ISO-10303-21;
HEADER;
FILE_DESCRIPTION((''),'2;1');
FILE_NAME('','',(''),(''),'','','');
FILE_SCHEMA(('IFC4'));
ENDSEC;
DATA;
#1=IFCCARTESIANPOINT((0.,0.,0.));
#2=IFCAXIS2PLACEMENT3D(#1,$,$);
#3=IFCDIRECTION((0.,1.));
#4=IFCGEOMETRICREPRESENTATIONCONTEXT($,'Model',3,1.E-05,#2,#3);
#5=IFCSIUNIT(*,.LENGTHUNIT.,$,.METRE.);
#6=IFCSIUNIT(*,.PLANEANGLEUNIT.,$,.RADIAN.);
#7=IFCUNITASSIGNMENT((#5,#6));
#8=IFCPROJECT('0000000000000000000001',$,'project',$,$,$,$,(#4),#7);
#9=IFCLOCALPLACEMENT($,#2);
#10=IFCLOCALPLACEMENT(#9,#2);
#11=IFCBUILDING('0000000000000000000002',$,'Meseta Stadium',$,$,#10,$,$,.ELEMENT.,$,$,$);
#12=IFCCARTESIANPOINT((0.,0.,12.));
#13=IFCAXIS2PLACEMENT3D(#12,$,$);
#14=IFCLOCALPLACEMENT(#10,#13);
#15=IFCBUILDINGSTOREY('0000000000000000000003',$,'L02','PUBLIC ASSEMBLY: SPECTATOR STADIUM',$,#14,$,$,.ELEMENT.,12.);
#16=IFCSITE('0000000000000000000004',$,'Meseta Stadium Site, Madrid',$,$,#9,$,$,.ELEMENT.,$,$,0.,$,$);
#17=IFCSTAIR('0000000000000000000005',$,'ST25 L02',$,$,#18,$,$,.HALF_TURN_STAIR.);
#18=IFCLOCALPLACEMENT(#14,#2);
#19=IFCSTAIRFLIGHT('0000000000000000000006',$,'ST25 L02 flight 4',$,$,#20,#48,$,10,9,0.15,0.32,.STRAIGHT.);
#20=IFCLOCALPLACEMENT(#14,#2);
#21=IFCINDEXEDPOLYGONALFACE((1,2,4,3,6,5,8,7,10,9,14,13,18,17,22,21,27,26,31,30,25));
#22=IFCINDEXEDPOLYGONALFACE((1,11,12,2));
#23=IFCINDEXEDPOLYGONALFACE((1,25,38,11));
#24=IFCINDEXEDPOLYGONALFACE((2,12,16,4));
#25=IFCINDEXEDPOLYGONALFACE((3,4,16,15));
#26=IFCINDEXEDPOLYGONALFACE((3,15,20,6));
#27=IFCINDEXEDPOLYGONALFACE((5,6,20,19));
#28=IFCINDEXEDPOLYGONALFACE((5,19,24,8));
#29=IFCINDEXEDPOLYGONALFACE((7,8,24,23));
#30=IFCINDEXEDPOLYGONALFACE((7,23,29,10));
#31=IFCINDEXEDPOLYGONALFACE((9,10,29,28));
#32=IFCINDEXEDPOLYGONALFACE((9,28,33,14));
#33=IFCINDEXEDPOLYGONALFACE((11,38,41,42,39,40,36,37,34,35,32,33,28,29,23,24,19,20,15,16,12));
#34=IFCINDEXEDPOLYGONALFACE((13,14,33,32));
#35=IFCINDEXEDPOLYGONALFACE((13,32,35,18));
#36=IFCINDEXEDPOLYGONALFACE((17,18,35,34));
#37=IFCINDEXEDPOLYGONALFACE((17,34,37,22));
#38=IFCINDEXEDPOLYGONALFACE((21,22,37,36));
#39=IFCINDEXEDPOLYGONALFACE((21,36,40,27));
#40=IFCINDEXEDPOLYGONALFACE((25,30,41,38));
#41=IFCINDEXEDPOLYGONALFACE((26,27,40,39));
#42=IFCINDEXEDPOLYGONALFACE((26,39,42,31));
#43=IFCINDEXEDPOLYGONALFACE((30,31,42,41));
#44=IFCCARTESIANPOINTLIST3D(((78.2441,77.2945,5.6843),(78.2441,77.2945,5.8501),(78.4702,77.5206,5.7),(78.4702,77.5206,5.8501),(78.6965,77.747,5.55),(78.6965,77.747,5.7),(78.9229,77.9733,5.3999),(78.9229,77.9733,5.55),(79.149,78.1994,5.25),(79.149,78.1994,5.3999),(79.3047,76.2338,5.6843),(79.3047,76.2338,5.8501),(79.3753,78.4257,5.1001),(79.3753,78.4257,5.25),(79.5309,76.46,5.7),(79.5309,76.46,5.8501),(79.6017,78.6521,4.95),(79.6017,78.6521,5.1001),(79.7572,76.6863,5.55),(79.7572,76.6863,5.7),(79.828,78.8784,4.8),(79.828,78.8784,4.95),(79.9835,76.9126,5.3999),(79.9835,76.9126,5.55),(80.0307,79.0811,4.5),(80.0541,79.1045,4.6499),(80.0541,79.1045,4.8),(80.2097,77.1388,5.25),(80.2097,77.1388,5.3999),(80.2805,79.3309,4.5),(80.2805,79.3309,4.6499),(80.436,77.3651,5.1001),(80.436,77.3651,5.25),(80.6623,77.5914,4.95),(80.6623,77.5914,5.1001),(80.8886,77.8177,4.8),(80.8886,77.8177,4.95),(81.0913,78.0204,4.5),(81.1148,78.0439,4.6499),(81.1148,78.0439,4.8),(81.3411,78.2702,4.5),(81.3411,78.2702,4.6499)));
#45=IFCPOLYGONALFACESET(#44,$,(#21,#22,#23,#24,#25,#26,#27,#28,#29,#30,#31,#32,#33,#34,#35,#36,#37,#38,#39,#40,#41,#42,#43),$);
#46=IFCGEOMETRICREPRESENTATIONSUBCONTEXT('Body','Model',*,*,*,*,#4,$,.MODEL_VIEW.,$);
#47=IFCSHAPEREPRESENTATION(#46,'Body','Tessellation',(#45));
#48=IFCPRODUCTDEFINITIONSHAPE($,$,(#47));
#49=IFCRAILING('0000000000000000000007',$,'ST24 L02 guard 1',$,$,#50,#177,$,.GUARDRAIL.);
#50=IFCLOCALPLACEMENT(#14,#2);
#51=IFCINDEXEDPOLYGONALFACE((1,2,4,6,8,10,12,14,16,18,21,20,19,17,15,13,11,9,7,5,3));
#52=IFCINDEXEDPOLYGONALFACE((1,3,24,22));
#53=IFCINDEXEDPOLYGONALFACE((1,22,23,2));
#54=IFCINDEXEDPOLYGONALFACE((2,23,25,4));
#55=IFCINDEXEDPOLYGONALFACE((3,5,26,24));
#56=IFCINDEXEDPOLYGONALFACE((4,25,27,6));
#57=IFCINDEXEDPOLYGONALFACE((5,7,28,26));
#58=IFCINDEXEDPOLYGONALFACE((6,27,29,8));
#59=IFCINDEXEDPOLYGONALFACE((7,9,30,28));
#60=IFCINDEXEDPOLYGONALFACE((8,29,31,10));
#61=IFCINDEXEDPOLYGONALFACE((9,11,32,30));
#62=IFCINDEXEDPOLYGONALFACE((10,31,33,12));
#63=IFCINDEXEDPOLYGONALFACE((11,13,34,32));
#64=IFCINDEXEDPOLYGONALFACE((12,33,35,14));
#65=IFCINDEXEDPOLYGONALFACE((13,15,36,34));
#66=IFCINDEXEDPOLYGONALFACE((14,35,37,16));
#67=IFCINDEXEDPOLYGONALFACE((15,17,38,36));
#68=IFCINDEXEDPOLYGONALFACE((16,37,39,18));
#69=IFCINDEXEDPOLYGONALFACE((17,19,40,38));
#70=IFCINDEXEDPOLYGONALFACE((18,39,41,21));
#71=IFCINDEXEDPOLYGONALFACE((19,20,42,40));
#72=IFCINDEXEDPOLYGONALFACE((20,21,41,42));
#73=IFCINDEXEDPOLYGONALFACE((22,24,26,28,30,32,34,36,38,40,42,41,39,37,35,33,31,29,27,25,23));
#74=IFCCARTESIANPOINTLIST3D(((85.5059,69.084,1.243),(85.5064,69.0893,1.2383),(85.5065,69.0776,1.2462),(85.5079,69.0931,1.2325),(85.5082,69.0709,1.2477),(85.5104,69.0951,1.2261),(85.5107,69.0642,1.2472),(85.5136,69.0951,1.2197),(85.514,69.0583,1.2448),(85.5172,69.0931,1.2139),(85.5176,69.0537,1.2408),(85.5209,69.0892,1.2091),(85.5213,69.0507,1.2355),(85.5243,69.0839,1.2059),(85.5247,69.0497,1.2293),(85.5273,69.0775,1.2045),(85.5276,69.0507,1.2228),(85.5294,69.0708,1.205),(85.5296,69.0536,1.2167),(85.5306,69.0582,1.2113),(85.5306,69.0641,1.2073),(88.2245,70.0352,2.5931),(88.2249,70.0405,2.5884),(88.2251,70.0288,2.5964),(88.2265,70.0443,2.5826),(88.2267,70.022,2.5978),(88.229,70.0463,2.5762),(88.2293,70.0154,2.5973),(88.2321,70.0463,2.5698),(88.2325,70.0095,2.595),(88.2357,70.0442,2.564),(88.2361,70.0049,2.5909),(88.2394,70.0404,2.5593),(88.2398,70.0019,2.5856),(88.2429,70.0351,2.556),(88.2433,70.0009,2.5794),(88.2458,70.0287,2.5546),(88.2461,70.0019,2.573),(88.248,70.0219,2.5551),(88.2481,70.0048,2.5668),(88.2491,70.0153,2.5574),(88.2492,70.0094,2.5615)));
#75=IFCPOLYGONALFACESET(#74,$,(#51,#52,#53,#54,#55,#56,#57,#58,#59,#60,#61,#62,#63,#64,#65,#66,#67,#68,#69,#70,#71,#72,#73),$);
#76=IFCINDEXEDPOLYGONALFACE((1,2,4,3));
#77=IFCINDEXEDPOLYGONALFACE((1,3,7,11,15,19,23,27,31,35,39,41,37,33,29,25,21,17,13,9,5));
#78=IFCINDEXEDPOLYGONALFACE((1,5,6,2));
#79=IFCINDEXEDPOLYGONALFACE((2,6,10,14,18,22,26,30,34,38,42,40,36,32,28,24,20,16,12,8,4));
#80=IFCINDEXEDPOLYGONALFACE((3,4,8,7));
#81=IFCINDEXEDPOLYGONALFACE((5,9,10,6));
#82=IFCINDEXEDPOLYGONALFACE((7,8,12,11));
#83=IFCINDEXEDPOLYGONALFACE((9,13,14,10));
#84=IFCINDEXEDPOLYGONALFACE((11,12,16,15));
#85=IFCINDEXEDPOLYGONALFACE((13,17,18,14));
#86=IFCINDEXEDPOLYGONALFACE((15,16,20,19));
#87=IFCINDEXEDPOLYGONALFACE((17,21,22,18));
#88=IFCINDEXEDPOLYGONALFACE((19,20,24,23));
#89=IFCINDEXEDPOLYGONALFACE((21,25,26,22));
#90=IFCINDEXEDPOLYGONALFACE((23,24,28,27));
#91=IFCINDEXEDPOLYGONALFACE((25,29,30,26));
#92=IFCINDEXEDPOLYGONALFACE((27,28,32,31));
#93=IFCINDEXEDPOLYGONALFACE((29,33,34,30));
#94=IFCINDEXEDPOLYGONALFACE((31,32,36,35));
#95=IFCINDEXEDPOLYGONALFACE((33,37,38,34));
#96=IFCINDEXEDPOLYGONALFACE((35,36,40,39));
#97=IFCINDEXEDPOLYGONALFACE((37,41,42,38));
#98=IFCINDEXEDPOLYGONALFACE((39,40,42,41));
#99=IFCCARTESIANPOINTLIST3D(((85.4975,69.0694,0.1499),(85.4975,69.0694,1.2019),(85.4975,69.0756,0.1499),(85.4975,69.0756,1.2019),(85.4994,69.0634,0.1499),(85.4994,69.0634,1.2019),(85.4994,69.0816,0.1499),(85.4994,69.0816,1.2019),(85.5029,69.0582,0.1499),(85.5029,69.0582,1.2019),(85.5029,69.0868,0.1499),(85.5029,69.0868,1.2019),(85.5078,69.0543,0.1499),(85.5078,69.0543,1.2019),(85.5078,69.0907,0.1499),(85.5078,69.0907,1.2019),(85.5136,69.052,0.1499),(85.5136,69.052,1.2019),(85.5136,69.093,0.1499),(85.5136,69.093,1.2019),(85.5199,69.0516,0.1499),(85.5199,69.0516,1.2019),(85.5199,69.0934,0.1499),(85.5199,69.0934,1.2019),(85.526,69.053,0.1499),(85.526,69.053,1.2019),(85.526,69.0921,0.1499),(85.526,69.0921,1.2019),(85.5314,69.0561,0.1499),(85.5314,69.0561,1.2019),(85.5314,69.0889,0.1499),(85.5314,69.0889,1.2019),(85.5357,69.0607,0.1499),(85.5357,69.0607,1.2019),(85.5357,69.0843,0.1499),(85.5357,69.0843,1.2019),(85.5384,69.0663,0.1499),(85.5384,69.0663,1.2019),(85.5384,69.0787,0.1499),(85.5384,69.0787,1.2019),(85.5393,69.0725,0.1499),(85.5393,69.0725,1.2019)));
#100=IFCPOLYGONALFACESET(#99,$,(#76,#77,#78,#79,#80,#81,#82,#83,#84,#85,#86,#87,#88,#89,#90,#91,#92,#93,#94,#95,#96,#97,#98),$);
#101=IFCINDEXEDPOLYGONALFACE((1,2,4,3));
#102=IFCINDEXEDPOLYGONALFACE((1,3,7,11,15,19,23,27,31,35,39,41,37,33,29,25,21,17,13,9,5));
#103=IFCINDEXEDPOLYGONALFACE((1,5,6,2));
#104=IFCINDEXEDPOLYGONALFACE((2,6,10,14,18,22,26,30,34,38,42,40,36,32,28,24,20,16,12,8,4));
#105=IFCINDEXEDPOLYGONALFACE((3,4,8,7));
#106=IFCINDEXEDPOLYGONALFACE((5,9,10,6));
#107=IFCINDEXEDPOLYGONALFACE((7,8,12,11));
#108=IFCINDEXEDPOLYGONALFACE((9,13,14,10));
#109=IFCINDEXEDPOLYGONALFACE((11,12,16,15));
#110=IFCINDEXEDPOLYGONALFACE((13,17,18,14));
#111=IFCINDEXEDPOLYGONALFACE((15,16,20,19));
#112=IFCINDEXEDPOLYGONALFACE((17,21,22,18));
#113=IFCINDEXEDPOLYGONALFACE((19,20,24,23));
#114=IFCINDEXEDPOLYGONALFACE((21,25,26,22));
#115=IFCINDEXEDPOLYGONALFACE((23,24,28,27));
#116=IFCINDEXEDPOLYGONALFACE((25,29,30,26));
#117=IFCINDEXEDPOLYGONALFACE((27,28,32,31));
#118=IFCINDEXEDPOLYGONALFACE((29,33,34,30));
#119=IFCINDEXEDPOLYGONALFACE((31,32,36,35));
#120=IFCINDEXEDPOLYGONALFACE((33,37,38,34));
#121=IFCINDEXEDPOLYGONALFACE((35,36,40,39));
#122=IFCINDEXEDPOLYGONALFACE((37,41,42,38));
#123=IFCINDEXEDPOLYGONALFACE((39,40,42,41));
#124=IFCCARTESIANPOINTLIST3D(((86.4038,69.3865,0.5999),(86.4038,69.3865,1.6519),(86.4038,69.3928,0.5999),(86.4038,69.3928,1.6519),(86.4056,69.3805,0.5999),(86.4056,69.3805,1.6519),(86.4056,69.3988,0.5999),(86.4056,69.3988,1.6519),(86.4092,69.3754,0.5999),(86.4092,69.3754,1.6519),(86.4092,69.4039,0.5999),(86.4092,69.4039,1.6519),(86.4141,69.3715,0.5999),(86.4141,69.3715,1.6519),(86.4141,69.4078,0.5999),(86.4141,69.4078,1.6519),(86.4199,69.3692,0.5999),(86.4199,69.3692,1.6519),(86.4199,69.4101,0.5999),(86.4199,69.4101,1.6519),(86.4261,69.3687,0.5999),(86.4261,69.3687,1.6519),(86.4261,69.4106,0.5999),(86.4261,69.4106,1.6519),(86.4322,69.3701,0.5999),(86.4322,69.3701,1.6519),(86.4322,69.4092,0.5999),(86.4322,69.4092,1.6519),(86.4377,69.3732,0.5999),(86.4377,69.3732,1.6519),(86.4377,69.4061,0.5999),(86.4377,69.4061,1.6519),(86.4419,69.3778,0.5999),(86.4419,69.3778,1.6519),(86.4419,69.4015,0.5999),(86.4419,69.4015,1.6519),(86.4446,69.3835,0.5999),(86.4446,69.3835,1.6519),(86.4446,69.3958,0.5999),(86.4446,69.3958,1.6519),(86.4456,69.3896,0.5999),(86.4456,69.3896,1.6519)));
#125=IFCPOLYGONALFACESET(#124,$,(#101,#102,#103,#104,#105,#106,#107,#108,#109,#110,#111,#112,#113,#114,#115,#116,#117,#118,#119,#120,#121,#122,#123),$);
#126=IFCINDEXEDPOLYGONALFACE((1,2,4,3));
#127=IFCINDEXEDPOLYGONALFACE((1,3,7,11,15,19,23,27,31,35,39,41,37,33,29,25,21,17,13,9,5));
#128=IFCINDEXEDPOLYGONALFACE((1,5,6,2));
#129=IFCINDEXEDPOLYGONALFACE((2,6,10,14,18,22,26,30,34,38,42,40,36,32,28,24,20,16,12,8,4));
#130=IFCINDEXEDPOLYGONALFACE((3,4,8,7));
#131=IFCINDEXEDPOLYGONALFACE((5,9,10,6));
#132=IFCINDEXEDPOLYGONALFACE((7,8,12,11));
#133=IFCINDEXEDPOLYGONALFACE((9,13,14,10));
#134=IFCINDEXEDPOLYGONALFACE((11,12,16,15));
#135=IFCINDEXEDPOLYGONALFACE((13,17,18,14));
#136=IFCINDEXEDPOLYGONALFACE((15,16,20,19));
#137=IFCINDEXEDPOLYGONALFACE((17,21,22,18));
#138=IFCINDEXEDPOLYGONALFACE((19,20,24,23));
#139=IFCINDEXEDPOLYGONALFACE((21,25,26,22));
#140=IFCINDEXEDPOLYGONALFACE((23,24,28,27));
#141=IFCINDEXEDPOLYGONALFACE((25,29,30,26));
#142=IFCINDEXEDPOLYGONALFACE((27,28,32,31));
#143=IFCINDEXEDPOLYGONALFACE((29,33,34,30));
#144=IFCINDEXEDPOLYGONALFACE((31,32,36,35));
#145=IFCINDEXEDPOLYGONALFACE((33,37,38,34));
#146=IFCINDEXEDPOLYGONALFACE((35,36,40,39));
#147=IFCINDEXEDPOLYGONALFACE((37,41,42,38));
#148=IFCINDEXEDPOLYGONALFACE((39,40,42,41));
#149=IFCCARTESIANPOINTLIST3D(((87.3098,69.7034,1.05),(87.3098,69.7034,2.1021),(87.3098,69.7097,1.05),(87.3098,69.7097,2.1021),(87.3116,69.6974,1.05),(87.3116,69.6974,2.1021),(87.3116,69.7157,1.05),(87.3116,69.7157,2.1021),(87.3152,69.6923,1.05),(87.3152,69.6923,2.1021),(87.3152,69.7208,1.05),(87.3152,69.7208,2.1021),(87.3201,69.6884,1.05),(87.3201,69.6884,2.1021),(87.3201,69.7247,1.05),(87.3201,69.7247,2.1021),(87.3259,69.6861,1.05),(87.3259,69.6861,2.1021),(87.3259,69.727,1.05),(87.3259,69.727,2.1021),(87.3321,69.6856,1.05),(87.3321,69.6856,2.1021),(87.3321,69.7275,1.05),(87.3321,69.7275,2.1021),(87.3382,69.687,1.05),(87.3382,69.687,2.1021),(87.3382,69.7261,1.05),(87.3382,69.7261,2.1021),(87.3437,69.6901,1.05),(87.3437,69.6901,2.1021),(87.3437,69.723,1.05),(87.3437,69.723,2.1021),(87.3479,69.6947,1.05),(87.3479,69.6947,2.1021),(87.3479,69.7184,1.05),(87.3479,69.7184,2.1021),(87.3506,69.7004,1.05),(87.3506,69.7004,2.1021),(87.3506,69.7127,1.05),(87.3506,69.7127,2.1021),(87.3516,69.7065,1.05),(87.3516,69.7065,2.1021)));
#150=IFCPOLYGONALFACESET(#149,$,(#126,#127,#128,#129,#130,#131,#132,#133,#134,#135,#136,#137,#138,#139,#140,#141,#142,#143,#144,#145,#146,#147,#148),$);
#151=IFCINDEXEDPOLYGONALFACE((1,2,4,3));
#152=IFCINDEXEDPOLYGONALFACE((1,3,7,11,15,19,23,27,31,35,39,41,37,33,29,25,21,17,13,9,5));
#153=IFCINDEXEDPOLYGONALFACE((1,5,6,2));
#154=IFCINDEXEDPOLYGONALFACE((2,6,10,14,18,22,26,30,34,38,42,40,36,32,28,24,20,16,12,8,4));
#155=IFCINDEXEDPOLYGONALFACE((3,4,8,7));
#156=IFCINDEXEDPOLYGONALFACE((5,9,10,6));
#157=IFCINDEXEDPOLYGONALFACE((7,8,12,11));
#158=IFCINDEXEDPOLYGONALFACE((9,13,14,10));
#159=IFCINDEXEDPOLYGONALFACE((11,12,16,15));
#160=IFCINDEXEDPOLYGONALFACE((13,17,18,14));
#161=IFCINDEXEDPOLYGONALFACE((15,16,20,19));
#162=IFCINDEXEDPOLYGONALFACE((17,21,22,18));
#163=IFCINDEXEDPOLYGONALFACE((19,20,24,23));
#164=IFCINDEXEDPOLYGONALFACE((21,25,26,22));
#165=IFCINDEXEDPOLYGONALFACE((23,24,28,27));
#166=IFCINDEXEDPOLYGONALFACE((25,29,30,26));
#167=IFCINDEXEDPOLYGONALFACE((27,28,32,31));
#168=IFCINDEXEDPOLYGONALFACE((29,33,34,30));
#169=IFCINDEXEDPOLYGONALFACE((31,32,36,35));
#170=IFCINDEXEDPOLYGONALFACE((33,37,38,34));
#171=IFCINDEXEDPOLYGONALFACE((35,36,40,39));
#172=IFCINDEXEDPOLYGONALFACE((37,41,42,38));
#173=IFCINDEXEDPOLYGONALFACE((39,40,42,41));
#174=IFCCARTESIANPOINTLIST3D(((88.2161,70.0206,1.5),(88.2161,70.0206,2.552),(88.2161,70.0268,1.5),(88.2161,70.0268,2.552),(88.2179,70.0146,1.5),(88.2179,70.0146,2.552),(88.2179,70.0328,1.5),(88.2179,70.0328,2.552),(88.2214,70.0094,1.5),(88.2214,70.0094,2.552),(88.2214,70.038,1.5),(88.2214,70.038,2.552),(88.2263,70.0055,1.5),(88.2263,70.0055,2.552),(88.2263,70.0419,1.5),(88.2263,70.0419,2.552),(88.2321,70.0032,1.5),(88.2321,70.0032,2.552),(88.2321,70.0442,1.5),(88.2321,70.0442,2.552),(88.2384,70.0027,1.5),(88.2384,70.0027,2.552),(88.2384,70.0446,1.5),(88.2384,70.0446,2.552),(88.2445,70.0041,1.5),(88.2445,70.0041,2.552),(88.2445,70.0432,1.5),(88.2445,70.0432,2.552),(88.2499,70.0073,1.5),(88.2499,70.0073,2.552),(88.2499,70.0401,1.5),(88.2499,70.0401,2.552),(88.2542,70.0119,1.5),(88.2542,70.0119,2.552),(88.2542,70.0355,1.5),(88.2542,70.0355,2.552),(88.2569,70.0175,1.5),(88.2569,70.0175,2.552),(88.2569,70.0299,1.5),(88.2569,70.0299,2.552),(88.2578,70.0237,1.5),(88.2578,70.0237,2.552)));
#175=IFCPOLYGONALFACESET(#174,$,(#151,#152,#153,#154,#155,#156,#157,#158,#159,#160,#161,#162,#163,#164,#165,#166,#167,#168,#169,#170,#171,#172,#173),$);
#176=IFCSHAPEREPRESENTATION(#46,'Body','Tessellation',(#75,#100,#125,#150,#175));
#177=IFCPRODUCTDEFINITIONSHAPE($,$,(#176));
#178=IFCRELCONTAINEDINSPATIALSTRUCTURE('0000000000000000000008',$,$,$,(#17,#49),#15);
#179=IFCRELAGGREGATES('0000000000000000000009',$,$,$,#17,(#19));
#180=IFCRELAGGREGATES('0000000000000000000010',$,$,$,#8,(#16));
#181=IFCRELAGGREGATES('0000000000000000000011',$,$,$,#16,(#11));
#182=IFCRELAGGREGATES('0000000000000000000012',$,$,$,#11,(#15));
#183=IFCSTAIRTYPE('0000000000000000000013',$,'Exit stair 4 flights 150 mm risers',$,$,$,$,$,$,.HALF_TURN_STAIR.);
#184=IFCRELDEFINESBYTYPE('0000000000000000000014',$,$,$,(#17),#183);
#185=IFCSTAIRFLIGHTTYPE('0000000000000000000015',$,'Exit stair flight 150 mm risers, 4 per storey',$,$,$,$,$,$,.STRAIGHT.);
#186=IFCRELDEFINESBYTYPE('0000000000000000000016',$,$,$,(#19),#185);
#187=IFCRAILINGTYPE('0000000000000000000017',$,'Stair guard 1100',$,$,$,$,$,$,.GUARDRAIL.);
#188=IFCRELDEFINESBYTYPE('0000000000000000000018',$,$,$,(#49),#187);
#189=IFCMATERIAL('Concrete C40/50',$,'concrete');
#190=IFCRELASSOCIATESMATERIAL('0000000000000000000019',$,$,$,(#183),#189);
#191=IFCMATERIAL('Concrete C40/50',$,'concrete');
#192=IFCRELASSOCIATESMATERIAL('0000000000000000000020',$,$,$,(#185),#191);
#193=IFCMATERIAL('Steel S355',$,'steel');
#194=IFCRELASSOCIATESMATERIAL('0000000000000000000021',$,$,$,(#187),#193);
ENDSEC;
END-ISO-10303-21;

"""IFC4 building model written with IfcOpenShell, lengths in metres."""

from ifc_helpers import new_model, si_unit, direction, frame, origin, origin_2d, place, context, subcontext, project, spatial, polyline, circle, outline, extrude, material, type_object, element, aggregate, save


model = new_model("IFC4")

# Units and contexts
model_context = context("Model", 3, precision=1e-05, world=origin(), true_north=direction((0.0, 1.0)))
body_context = subcontext(model_context, "Body", "Model", "MODEL_VIEW")
ifc_project = project(units=[si_unit("LENGTHUNIT", "METRE"), si_unit("PLANEANGLEUNIT", "RADIAN")], contexts=[model_context])

# Site, building, storey
site_placement = place(None, origin())
site = spatial("IfcSite", under=ifc_project, at=site_placement, Name="Meseta Stadium Site, Madrid", CompositionType="ELEMENT", RefElevation=0.0)
building_placement = place(site_placement, origin())
building = spatial("IfcBuilding", under=site, at=building_placement, Name="Meseta Stadium", CompositionType="ELEMENT")
storey_placement = place(building_placement, frame((0.0, 0.0, 12.0)))
storey = spatial("IfcBuildingStorey", under=building, at=storey_placement, Name="L02", Description="PUBLIC ASSEMBLY: SPECTATOR STADIUM", CompositionType="ELEMENT", Elevation=12.0)

# Stair, stair flight
ifc_material_1 = material(Name="Concrete C40/50", Category="concrete")
stair_type = type_object("IfcStairType", Name="Exit stair 4 flights 150 mm risers", PredefinedType="HALF_TURN_STAIR", material=ifc_material_1)
ifc_material_2 = material(Name="Concrete C40/50", Category="concrete")
stair_flight_type = type_object("IfcStairFlightType", Name="Exit stair flight 150 mm risers, 4 per storey", PredefinedType="STRAIGHT", material=ifc_material_2)
stair_1_placement = place(storey_placement, origin())
stair_1 = element("IfcStair", 1, at=stair_1_placement, inside=storey, type_object=stair_type, Name="ST25 L02", PredefinedType="HALF_TURN_STAIR")
stair_flight_1_placement = place(storey_placement, frame((80.8108, 78.8005, 4.5), z_axis=(0.0, 0.0, 1.0), x_axis=(-0.707107, -0.707107, 0.0)))
stair_flight_1 = element("IfcStairFlight", 2, at=stair_flight_1_placement, type_object=stair_flight_type, Name="ST25 L02 flight 4", NumberOfRisers=10, NumberOfTreads=9, PredefinedType="STRAIGHT", RiserHeight=0.15, TreadLength=0.32, context=body_context, shape_type="SweptSolid", body=[
    extrude(outline(polyline([(0.0, 0.0), (0.0, 0.1499), (0.3201, 0.1499), (0.3201, 0.3), (0.6399, 0.3), (0.6399, 0.45), (0.96, 0.45), (0.96, 0.6001), (1.28, 0.6001), (1.28, 0.75), (1.6001, 0.75), (1.6001, 0.8999), (1.9199, 0.8999), (1.9199, 1.05), (2.24, 1.05), (2.24, 1.2), (2.5601, 1.2), (2.5601, 1.3501), (2.8799, 1.3501), (2.8799, 1.1843), (0.3533, 0.0), (0.0, 0.0)])), frame((0.0, 0.75, 0.0), z_axis=(0.0, -1.0, 0.0), x_axis=(1.0, 0.0, 0.0)), (0.0, 0.0, 1.0), 1.5),
])
aggregate(stair_1, [stair_flight_1])

# Railing
ifc_material_3 = material(Name="Steel S355", Category="steel")
railing_type_1 = type_object("IfcRailingType", Name="Stair guard 1100", PredefinedType="GUARDRAIL", material=ifc_material_3)
railing_1_placement = place(storey_placement, frame((85.5183, 69.0725, 0.1499)))
element("IfcRailing", 3, at=railing_1_placement, inside=storey, type_object=railing_type_1, Name="ST24 L02 guard 1", PredefinedType="GUARDRAIL", context=body_context, shape_type="SweptSolid", body=[
    extrude(circle(Radius=0.0239, at=origin_2d()), frame((0.0, 0.0, 1.0762), z_axis=(0.854649, 0.299031, 0.424446), x_axis=(-0.330256, 0.943891, 0.0)), (0.0, 0.0, 1.0), 3.1809),
    extrude(circle(Radius=0.021, at=origin_2d()), origin(), (0.0, 0.0, 1.0), 1.052),
    extrude(circle(Radius=0.021, at=origin_2d()), frame((0.9062, 0.3171, 0.45)), (0.0, 0.0, 1.0), 1.052),
    extrude(circle(Radius=0.021, at=origin_2d()), frame((1.8123, 0.634, 0.9001)), (0.0, 0.0, 1.0), 1.052),
    extrude(circle(Radius=0.021, at=origin_2d()), frame((2.7185, 0.9512, 1.3501)), (0.0, 0.0, 1.0), 1.052),
])

save(model, "model.ifc")
